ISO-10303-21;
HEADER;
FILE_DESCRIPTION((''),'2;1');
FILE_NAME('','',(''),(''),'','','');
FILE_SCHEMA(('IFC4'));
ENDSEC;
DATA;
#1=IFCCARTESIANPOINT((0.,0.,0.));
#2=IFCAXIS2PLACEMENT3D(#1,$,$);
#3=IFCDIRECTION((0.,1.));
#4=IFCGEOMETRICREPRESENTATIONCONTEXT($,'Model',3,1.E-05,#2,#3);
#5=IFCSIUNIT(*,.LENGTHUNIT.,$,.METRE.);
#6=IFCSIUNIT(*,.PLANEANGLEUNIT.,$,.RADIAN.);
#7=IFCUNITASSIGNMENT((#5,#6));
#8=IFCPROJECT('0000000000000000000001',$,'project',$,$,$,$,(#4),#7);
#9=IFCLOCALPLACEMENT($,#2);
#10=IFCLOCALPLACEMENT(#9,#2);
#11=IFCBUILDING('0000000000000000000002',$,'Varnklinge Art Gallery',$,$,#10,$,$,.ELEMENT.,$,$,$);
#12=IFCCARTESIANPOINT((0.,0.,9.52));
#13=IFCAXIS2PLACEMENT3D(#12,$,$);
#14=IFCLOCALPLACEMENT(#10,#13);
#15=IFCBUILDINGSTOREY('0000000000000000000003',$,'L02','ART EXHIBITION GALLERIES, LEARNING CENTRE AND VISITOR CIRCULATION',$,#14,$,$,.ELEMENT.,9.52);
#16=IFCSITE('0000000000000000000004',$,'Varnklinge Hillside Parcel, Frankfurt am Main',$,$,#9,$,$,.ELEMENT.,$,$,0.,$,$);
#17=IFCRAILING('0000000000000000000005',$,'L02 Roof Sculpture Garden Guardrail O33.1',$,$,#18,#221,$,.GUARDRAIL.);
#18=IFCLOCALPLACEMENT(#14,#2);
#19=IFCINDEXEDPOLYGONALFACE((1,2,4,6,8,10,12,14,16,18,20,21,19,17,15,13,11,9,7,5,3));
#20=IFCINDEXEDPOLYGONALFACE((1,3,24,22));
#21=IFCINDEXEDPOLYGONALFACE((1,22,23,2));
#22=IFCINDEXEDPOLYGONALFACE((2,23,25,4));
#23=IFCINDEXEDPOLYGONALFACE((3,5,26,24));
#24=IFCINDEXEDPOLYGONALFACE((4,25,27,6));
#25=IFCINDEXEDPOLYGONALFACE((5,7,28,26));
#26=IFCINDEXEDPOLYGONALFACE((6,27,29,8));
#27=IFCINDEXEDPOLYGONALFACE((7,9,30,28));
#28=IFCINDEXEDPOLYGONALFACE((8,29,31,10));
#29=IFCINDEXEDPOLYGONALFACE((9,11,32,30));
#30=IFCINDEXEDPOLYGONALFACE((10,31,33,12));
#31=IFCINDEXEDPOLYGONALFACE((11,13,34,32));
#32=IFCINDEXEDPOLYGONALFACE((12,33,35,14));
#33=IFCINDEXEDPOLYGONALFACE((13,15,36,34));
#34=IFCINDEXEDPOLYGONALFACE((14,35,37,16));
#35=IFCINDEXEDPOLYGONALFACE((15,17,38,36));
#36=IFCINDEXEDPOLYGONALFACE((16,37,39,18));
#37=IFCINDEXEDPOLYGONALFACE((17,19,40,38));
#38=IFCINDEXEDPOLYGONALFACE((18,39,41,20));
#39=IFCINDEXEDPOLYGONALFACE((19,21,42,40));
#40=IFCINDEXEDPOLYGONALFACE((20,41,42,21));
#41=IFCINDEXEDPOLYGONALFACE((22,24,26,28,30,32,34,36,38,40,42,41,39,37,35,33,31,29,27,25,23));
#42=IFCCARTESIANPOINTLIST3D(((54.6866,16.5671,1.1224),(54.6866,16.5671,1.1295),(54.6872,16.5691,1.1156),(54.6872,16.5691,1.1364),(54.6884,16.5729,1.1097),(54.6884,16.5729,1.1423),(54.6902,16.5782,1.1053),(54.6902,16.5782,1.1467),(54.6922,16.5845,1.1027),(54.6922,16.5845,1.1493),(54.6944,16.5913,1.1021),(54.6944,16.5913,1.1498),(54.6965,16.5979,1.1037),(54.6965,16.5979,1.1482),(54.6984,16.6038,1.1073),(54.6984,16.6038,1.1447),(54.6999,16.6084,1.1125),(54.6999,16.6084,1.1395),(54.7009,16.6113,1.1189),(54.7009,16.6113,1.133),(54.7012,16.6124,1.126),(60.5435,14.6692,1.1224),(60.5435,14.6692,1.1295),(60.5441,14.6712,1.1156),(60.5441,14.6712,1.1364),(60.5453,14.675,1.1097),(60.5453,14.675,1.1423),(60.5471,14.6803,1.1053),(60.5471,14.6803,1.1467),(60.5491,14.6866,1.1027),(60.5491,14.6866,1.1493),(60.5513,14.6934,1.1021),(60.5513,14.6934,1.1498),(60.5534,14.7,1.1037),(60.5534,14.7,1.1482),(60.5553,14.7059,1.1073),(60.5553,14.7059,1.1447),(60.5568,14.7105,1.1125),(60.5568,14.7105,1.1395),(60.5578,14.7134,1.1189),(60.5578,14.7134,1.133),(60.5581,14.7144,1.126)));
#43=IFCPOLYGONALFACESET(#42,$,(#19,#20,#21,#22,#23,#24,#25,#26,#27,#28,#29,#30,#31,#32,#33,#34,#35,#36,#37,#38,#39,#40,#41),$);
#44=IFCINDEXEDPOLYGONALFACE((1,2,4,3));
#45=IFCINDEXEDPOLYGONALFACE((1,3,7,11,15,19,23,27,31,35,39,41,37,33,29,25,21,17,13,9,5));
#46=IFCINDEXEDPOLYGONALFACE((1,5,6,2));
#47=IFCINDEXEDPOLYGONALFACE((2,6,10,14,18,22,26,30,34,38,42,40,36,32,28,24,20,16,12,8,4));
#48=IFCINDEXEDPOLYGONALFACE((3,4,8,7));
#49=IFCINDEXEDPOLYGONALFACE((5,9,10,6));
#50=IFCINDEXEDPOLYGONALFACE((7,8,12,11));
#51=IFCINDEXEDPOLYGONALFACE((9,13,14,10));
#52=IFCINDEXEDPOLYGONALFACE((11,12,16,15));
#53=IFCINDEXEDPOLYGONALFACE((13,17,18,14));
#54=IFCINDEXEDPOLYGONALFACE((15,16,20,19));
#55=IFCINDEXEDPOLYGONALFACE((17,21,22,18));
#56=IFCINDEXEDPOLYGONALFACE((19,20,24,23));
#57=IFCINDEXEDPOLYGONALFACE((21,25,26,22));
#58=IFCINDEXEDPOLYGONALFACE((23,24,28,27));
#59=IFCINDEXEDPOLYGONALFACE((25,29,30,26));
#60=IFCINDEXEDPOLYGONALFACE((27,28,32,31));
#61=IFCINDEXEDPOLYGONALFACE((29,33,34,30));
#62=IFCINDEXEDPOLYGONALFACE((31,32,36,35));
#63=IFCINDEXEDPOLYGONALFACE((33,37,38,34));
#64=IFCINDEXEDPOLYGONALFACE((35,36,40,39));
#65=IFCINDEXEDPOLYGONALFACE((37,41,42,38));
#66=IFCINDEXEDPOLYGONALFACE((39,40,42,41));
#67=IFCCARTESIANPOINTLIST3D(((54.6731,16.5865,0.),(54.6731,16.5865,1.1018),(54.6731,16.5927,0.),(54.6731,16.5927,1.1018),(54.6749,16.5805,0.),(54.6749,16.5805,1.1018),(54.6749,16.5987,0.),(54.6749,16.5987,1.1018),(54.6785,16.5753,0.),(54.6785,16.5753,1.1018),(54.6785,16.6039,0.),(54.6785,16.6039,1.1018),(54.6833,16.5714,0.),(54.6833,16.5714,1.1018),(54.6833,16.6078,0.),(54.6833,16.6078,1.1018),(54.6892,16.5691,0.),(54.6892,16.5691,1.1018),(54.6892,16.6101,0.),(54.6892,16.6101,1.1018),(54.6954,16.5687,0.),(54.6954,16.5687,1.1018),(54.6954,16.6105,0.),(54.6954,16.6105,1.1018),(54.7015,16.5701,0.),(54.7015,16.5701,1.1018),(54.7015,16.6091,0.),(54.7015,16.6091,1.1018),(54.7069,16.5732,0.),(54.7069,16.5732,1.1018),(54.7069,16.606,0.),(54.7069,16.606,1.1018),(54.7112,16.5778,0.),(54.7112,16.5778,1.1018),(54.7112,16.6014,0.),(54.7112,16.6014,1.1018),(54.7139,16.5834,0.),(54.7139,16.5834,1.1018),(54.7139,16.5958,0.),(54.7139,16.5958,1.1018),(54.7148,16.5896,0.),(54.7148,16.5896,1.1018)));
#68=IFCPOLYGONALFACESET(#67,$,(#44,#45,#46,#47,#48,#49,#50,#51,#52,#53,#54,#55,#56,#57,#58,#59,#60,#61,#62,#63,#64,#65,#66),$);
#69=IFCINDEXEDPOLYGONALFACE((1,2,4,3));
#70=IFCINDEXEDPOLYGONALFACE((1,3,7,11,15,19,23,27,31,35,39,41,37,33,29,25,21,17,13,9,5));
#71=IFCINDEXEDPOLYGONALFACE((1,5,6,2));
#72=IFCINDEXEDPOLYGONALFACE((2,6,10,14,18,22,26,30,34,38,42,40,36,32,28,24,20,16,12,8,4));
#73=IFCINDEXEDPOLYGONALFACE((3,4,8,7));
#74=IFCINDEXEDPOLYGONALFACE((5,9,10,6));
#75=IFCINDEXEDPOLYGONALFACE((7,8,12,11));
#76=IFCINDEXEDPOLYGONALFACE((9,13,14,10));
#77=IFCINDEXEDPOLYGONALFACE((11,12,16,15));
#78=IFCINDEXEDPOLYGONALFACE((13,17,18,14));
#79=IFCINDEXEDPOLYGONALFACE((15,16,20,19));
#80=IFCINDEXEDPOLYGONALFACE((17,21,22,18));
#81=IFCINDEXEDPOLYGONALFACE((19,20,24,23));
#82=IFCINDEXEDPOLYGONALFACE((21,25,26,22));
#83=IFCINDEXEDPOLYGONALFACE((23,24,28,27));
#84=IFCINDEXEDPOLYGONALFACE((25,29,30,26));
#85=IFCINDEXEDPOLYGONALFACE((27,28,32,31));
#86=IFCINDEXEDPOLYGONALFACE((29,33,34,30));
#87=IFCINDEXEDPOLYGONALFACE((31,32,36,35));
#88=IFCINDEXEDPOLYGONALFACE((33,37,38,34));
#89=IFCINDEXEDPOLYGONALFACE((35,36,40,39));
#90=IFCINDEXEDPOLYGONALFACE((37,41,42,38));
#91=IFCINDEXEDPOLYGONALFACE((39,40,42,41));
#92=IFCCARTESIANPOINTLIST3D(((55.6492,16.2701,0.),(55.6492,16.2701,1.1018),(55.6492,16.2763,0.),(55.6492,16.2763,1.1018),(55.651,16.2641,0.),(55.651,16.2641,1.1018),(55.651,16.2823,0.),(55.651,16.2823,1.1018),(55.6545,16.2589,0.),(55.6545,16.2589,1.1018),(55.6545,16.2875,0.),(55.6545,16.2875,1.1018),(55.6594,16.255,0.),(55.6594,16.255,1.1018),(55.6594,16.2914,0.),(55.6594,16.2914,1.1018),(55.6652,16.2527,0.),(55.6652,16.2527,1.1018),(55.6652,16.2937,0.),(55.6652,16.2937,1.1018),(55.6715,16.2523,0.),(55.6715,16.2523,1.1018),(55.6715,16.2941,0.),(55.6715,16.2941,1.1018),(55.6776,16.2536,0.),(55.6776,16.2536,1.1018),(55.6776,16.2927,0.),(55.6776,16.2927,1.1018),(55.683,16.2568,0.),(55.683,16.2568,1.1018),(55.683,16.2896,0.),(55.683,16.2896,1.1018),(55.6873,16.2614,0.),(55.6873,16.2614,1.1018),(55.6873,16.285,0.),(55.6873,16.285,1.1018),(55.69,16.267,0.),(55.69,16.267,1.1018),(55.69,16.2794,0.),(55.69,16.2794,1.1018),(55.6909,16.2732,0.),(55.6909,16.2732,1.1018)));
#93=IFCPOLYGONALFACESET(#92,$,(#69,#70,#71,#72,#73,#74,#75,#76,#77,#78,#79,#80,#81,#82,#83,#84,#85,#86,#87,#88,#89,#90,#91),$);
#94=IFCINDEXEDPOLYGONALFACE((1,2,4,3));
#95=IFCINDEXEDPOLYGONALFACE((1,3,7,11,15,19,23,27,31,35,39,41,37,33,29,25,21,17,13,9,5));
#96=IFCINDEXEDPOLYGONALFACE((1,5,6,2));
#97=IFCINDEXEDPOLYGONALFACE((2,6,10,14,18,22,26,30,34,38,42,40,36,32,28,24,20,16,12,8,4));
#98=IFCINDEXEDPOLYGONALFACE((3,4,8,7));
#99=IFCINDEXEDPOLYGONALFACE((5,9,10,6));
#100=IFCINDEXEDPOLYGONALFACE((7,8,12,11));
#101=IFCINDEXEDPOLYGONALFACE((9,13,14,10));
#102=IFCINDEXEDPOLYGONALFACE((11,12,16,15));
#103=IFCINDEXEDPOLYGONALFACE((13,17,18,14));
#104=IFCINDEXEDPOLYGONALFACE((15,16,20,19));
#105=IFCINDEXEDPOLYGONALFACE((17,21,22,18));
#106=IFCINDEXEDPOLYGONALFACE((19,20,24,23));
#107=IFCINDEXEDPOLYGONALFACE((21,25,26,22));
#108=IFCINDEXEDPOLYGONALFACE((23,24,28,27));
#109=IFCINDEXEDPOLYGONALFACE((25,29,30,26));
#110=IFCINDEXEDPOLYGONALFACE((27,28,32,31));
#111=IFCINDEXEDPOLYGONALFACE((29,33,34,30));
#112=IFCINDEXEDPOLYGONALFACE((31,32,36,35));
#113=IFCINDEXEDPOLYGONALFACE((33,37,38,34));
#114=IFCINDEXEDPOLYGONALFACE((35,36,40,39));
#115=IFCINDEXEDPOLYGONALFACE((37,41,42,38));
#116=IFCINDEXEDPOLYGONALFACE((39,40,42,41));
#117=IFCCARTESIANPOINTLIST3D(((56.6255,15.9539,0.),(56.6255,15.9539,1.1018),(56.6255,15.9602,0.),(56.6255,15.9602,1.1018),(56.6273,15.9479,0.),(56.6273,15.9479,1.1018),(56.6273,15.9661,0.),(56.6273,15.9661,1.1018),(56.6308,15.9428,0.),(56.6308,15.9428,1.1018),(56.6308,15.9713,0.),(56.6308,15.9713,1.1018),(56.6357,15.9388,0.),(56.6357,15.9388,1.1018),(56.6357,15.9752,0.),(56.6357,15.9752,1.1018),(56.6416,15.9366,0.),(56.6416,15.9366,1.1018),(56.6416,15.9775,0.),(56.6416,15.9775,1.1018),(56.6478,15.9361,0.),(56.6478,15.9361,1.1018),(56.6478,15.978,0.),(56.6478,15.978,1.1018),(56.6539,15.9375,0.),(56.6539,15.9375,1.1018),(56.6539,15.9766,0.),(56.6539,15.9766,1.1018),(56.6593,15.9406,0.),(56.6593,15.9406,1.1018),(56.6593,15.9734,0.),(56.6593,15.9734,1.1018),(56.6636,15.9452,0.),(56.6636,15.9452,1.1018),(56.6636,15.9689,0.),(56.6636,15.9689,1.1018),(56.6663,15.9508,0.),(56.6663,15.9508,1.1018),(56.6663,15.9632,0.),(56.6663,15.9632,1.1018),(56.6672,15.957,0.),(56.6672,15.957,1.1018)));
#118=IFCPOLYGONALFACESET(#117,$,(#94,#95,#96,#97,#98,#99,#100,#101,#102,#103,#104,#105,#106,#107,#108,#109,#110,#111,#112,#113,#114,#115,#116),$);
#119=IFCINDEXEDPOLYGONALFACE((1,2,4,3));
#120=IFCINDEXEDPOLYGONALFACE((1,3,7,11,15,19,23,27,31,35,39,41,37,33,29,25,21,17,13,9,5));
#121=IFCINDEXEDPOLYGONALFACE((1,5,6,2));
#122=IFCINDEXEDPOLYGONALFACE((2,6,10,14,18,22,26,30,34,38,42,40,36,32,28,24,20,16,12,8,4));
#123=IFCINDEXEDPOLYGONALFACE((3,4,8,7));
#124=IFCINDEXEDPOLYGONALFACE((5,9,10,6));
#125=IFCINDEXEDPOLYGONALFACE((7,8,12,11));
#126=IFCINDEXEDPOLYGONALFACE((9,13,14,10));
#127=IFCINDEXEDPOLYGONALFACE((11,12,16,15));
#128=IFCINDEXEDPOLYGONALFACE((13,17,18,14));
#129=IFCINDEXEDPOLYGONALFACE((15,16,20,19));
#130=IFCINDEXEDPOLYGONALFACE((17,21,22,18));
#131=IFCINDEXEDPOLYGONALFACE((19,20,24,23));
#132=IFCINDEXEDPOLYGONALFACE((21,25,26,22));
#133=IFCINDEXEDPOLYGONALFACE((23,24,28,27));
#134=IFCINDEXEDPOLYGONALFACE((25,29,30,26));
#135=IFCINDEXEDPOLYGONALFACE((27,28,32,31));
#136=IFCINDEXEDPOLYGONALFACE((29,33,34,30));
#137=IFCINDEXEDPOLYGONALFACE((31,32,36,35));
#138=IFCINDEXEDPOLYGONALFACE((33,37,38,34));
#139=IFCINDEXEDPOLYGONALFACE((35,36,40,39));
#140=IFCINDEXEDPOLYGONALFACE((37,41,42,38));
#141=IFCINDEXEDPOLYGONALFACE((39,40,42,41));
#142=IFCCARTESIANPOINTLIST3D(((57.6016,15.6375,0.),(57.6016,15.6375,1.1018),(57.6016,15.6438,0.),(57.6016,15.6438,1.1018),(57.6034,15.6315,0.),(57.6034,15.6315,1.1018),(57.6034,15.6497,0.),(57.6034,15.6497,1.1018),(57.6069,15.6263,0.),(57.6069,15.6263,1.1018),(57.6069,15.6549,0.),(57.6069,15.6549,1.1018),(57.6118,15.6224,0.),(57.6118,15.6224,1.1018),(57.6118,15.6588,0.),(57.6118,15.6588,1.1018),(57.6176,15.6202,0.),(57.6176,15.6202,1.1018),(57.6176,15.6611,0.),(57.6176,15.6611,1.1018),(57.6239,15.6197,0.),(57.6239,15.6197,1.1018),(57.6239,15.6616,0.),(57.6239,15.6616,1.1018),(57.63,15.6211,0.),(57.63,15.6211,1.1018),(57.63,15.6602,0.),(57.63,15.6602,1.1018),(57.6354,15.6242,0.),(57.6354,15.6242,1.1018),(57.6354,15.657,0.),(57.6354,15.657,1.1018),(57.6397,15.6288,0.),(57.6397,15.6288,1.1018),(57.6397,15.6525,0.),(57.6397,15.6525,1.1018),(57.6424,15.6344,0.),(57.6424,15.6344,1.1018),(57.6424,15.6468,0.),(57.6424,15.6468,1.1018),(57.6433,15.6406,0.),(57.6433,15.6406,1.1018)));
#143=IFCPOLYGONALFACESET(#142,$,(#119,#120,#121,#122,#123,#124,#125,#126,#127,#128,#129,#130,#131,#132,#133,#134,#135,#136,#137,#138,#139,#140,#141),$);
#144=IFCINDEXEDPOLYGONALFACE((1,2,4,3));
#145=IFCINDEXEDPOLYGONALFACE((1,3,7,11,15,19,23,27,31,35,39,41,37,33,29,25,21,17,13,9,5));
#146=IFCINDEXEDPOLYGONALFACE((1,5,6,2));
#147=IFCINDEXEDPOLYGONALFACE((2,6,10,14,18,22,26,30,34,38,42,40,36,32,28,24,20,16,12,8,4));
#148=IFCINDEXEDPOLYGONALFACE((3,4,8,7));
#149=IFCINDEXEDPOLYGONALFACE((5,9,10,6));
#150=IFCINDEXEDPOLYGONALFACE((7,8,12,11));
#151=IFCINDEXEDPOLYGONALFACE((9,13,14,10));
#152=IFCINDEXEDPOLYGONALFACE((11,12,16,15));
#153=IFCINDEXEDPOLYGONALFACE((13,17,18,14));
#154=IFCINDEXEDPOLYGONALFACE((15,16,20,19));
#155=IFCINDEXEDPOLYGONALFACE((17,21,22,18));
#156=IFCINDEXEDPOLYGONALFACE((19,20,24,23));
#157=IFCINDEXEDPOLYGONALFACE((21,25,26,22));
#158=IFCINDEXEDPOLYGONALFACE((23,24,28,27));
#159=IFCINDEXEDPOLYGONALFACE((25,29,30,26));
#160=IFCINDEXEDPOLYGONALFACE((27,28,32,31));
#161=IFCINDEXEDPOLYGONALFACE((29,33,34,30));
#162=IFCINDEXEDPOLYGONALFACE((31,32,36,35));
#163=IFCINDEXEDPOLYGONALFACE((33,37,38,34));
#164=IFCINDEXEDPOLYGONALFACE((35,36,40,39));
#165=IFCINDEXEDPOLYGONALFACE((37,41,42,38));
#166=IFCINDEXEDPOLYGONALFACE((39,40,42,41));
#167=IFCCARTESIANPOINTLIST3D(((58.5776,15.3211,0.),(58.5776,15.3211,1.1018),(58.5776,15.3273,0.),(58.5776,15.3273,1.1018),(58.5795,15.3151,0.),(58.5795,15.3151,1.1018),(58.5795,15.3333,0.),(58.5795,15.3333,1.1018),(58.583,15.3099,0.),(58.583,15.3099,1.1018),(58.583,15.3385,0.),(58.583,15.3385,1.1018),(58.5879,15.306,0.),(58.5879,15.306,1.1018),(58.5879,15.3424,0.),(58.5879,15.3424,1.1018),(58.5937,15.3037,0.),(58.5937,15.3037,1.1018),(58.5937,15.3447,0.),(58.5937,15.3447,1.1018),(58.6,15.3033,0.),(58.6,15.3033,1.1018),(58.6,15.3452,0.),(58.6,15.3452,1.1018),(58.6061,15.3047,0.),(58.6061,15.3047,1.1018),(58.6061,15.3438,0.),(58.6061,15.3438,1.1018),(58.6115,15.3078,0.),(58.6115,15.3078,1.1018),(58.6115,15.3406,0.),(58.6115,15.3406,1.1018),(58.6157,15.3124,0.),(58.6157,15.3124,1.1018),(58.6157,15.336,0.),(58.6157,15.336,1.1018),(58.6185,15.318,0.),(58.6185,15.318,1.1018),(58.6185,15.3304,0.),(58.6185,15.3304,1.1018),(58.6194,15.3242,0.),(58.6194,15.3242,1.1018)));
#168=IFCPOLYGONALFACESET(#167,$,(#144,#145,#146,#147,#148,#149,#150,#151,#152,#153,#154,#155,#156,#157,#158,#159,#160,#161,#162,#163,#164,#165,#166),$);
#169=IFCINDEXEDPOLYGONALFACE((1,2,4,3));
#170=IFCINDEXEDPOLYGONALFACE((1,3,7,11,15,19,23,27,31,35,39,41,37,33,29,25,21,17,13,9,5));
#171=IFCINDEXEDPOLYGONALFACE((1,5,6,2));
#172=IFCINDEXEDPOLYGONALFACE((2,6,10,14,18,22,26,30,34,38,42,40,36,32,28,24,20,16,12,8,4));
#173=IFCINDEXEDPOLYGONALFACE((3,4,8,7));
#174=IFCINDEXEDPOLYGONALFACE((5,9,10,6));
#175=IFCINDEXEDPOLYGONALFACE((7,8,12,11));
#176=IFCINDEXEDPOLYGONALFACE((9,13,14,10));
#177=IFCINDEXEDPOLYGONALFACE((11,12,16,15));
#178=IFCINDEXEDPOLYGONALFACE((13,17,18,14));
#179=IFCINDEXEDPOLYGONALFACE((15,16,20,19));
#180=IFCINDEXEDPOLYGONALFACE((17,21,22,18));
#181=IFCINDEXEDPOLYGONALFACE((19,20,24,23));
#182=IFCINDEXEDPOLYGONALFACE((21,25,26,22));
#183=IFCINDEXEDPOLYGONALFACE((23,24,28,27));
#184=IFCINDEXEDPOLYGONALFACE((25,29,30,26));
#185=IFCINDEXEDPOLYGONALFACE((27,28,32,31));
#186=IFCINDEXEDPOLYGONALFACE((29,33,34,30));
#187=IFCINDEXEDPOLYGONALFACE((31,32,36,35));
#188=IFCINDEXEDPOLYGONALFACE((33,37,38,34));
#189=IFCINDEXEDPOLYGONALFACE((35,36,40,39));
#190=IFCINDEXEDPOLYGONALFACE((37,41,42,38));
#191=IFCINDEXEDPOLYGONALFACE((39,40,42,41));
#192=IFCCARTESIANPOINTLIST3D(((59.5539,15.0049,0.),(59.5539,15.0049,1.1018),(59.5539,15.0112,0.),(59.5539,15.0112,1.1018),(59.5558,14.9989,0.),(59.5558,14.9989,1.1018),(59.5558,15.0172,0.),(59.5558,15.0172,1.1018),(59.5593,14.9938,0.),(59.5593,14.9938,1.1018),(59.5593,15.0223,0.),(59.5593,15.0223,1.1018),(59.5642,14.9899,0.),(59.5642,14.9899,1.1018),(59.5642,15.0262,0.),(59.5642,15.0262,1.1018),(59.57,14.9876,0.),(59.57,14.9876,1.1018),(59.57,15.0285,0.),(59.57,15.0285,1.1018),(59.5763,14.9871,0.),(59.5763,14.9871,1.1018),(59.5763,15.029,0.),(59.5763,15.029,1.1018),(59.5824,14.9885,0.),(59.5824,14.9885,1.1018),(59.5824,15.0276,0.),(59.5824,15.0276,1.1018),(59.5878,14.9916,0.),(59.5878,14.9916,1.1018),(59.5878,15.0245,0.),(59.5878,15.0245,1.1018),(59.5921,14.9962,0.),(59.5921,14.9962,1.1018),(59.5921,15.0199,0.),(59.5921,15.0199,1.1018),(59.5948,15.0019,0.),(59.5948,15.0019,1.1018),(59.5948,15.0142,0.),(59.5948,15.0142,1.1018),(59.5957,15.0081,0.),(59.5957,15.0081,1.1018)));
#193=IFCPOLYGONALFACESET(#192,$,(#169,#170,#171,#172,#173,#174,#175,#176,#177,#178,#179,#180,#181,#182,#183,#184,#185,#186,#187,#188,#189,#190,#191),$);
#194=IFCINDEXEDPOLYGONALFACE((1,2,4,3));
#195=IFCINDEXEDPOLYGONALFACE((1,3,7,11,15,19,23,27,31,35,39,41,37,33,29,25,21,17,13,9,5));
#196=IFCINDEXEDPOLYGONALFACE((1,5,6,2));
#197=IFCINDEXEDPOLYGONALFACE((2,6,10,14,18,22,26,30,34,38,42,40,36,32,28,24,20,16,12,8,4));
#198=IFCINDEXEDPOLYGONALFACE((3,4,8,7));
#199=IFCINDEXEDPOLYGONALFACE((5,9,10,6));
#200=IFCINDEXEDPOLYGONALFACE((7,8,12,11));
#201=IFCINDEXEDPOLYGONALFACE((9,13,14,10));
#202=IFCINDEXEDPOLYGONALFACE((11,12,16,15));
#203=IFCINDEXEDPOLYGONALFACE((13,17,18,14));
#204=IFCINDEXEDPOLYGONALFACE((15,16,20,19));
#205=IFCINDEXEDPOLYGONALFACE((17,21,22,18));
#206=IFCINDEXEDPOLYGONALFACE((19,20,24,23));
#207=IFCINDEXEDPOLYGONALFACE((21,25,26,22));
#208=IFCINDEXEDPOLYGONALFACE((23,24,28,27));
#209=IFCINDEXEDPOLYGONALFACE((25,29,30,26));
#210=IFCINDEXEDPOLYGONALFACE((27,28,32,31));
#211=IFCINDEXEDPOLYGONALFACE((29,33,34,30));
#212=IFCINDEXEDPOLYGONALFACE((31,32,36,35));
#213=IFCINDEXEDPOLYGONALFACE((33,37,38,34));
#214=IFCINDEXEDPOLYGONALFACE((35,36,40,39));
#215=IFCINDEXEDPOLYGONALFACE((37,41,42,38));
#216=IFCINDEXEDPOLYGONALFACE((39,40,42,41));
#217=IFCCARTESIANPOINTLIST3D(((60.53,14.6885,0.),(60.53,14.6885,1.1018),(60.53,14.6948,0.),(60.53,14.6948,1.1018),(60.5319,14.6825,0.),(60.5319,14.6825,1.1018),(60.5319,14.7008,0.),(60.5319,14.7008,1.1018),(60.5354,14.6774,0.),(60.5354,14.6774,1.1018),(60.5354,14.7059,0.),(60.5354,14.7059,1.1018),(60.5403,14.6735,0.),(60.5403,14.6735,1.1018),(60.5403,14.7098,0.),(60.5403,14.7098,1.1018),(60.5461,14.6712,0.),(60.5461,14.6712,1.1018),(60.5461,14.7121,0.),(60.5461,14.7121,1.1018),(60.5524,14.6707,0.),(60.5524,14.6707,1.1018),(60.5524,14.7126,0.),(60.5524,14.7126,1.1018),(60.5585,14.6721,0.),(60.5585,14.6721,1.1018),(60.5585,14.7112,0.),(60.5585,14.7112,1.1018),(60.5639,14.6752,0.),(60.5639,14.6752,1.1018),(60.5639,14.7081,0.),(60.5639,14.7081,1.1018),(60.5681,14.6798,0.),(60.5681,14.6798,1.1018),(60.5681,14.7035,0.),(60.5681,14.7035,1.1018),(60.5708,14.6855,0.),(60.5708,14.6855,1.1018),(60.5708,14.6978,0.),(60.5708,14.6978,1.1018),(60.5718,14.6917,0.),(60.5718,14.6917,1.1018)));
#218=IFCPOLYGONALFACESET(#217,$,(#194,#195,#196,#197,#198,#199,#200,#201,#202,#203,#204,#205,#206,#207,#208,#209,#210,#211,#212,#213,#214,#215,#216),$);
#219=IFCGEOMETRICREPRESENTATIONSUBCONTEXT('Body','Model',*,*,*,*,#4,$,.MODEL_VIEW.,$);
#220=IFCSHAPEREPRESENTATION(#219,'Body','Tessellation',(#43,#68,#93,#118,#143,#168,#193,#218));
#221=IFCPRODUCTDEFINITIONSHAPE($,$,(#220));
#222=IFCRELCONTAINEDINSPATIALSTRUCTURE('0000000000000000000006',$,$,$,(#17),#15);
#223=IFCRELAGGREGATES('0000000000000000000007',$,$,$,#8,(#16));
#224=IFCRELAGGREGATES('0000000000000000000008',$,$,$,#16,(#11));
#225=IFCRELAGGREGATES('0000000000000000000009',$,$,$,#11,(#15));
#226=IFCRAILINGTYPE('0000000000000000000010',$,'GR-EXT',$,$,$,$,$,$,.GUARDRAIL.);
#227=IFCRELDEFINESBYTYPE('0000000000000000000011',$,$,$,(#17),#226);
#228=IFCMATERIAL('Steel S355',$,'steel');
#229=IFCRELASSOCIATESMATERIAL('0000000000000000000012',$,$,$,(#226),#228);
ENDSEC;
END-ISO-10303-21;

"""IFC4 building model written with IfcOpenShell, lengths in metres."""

from ifc_helpers import new_model, si_unit, direction, frame, origin, origin_2d, place, context, subcontext, project, spatial, circle, extrude, material, type_object, element, save


model = new_model("IFC4")

# Units and contexts
model_context = context("Model", 3, precision=1e-05, world=origin(), true_north=direction((0.0, 1.0)))
body_context = subcontext(model_context, "Body", "Model", "MODEL_VIEW")
ifc_project = project(units=[si_unit("LENGTHUNIT", "METRE"), si_unit("PLANEANGLEUNIT", "RADIAN")], contexts=[model_context])

# Site, building, storey
site_placement = place(None, origin())
site = spatial("IfcSite", under=ifc_project, at=site_placement, Name="Varnklinge Hillside Parcel, Frankfurt am Main", CompositionType="ELEMENT", RefElevation=0.0)
building_placement = place(site_placement, origin())
building = spatial("IfcBuilding", under=site, at=building_placement, Name="Varnklinge Art Gallery", CompositionType="ELEMENT")
storey_placement = place(building_placement, frame((0.0, 0.0, 9.52)))
storey = spatial("IfcBuildingStorey", under=building, at=storey_placement, Name="L02", Description="ART EXHIBITION GALLERIES, LEARNING CENTRE AND VISITOR CIRCULATION", CompositionType="ELEMENT", Elevation=9.52)

# Railing
ifc_material_1 = material(Name="Steel S355", Category="steel")
railing_type = type_object("IfcRailingType", Name="GR-EXT", PredefinedType="GUARDRAIL", material=ifc_material_1)
railing_1_placement = place(storey_placement, frame((54.6938, 16.5896, 0.0)))
element("IfcRailing", 1, at=railing_1_placement, inside=storey, type_object=railing_type, Name="L02 Roof Sculpture Garden Guardrail O33.1", PredefinedType="GUARDRAIL", context=body_context, shape_type="SweptSolid", body=[
    extrude(circle(Radius=0.0239, at=origin_2d()), frame((0.0, 0.0, 1.126), z_axis=(0.951299, -0.30827, 0.0), x_axis=(0.30827, 0.951299, 0.0)), (0.0, 0.0, 1.0), 6.1567),
    extrude(circle(Radius=0.021, at=origin_2d()), origin(), (0.0, 0.0, 1.0), 1.1018),
    extrude(circle(Radius=0.021, at=origin_2d()), frame((0.9761, -0.3164, 0.0)), (0.0, 0.0, 1.0), 1.1018),
    extrude(circle(Radius=0.021, at=origin_2d()), frame((1.9524, -0.6326, 0.0)), (0.0, 0.0, 1.0), 1.1018),
    extrude(circle(Radius=0.021, at=origin_2d()), frame((2.9285, -0.949, 0.0)), (0.0, 0.0, 1.0), 1.1018),
    extrude(circle(Radius=0.021, at=origin_2d()), frame((3.9045, -1.2654, 0.0)), (0.0, 0.0, 1.0), 1.1018),
    extrude(circle(Radius=0.021, at=origin_2d()), frame((4.8809, -1.5815, 0.0)), (0.0, 0.0, 1.0), 1.1018),
    extrude(circle(Radius=0.021, at=origin_2d()), frame((5.8569, -1.8979, 0.0)), (0.0, 0.0, 1.0), 1.1018),
])

save(model, "model.ifc")
